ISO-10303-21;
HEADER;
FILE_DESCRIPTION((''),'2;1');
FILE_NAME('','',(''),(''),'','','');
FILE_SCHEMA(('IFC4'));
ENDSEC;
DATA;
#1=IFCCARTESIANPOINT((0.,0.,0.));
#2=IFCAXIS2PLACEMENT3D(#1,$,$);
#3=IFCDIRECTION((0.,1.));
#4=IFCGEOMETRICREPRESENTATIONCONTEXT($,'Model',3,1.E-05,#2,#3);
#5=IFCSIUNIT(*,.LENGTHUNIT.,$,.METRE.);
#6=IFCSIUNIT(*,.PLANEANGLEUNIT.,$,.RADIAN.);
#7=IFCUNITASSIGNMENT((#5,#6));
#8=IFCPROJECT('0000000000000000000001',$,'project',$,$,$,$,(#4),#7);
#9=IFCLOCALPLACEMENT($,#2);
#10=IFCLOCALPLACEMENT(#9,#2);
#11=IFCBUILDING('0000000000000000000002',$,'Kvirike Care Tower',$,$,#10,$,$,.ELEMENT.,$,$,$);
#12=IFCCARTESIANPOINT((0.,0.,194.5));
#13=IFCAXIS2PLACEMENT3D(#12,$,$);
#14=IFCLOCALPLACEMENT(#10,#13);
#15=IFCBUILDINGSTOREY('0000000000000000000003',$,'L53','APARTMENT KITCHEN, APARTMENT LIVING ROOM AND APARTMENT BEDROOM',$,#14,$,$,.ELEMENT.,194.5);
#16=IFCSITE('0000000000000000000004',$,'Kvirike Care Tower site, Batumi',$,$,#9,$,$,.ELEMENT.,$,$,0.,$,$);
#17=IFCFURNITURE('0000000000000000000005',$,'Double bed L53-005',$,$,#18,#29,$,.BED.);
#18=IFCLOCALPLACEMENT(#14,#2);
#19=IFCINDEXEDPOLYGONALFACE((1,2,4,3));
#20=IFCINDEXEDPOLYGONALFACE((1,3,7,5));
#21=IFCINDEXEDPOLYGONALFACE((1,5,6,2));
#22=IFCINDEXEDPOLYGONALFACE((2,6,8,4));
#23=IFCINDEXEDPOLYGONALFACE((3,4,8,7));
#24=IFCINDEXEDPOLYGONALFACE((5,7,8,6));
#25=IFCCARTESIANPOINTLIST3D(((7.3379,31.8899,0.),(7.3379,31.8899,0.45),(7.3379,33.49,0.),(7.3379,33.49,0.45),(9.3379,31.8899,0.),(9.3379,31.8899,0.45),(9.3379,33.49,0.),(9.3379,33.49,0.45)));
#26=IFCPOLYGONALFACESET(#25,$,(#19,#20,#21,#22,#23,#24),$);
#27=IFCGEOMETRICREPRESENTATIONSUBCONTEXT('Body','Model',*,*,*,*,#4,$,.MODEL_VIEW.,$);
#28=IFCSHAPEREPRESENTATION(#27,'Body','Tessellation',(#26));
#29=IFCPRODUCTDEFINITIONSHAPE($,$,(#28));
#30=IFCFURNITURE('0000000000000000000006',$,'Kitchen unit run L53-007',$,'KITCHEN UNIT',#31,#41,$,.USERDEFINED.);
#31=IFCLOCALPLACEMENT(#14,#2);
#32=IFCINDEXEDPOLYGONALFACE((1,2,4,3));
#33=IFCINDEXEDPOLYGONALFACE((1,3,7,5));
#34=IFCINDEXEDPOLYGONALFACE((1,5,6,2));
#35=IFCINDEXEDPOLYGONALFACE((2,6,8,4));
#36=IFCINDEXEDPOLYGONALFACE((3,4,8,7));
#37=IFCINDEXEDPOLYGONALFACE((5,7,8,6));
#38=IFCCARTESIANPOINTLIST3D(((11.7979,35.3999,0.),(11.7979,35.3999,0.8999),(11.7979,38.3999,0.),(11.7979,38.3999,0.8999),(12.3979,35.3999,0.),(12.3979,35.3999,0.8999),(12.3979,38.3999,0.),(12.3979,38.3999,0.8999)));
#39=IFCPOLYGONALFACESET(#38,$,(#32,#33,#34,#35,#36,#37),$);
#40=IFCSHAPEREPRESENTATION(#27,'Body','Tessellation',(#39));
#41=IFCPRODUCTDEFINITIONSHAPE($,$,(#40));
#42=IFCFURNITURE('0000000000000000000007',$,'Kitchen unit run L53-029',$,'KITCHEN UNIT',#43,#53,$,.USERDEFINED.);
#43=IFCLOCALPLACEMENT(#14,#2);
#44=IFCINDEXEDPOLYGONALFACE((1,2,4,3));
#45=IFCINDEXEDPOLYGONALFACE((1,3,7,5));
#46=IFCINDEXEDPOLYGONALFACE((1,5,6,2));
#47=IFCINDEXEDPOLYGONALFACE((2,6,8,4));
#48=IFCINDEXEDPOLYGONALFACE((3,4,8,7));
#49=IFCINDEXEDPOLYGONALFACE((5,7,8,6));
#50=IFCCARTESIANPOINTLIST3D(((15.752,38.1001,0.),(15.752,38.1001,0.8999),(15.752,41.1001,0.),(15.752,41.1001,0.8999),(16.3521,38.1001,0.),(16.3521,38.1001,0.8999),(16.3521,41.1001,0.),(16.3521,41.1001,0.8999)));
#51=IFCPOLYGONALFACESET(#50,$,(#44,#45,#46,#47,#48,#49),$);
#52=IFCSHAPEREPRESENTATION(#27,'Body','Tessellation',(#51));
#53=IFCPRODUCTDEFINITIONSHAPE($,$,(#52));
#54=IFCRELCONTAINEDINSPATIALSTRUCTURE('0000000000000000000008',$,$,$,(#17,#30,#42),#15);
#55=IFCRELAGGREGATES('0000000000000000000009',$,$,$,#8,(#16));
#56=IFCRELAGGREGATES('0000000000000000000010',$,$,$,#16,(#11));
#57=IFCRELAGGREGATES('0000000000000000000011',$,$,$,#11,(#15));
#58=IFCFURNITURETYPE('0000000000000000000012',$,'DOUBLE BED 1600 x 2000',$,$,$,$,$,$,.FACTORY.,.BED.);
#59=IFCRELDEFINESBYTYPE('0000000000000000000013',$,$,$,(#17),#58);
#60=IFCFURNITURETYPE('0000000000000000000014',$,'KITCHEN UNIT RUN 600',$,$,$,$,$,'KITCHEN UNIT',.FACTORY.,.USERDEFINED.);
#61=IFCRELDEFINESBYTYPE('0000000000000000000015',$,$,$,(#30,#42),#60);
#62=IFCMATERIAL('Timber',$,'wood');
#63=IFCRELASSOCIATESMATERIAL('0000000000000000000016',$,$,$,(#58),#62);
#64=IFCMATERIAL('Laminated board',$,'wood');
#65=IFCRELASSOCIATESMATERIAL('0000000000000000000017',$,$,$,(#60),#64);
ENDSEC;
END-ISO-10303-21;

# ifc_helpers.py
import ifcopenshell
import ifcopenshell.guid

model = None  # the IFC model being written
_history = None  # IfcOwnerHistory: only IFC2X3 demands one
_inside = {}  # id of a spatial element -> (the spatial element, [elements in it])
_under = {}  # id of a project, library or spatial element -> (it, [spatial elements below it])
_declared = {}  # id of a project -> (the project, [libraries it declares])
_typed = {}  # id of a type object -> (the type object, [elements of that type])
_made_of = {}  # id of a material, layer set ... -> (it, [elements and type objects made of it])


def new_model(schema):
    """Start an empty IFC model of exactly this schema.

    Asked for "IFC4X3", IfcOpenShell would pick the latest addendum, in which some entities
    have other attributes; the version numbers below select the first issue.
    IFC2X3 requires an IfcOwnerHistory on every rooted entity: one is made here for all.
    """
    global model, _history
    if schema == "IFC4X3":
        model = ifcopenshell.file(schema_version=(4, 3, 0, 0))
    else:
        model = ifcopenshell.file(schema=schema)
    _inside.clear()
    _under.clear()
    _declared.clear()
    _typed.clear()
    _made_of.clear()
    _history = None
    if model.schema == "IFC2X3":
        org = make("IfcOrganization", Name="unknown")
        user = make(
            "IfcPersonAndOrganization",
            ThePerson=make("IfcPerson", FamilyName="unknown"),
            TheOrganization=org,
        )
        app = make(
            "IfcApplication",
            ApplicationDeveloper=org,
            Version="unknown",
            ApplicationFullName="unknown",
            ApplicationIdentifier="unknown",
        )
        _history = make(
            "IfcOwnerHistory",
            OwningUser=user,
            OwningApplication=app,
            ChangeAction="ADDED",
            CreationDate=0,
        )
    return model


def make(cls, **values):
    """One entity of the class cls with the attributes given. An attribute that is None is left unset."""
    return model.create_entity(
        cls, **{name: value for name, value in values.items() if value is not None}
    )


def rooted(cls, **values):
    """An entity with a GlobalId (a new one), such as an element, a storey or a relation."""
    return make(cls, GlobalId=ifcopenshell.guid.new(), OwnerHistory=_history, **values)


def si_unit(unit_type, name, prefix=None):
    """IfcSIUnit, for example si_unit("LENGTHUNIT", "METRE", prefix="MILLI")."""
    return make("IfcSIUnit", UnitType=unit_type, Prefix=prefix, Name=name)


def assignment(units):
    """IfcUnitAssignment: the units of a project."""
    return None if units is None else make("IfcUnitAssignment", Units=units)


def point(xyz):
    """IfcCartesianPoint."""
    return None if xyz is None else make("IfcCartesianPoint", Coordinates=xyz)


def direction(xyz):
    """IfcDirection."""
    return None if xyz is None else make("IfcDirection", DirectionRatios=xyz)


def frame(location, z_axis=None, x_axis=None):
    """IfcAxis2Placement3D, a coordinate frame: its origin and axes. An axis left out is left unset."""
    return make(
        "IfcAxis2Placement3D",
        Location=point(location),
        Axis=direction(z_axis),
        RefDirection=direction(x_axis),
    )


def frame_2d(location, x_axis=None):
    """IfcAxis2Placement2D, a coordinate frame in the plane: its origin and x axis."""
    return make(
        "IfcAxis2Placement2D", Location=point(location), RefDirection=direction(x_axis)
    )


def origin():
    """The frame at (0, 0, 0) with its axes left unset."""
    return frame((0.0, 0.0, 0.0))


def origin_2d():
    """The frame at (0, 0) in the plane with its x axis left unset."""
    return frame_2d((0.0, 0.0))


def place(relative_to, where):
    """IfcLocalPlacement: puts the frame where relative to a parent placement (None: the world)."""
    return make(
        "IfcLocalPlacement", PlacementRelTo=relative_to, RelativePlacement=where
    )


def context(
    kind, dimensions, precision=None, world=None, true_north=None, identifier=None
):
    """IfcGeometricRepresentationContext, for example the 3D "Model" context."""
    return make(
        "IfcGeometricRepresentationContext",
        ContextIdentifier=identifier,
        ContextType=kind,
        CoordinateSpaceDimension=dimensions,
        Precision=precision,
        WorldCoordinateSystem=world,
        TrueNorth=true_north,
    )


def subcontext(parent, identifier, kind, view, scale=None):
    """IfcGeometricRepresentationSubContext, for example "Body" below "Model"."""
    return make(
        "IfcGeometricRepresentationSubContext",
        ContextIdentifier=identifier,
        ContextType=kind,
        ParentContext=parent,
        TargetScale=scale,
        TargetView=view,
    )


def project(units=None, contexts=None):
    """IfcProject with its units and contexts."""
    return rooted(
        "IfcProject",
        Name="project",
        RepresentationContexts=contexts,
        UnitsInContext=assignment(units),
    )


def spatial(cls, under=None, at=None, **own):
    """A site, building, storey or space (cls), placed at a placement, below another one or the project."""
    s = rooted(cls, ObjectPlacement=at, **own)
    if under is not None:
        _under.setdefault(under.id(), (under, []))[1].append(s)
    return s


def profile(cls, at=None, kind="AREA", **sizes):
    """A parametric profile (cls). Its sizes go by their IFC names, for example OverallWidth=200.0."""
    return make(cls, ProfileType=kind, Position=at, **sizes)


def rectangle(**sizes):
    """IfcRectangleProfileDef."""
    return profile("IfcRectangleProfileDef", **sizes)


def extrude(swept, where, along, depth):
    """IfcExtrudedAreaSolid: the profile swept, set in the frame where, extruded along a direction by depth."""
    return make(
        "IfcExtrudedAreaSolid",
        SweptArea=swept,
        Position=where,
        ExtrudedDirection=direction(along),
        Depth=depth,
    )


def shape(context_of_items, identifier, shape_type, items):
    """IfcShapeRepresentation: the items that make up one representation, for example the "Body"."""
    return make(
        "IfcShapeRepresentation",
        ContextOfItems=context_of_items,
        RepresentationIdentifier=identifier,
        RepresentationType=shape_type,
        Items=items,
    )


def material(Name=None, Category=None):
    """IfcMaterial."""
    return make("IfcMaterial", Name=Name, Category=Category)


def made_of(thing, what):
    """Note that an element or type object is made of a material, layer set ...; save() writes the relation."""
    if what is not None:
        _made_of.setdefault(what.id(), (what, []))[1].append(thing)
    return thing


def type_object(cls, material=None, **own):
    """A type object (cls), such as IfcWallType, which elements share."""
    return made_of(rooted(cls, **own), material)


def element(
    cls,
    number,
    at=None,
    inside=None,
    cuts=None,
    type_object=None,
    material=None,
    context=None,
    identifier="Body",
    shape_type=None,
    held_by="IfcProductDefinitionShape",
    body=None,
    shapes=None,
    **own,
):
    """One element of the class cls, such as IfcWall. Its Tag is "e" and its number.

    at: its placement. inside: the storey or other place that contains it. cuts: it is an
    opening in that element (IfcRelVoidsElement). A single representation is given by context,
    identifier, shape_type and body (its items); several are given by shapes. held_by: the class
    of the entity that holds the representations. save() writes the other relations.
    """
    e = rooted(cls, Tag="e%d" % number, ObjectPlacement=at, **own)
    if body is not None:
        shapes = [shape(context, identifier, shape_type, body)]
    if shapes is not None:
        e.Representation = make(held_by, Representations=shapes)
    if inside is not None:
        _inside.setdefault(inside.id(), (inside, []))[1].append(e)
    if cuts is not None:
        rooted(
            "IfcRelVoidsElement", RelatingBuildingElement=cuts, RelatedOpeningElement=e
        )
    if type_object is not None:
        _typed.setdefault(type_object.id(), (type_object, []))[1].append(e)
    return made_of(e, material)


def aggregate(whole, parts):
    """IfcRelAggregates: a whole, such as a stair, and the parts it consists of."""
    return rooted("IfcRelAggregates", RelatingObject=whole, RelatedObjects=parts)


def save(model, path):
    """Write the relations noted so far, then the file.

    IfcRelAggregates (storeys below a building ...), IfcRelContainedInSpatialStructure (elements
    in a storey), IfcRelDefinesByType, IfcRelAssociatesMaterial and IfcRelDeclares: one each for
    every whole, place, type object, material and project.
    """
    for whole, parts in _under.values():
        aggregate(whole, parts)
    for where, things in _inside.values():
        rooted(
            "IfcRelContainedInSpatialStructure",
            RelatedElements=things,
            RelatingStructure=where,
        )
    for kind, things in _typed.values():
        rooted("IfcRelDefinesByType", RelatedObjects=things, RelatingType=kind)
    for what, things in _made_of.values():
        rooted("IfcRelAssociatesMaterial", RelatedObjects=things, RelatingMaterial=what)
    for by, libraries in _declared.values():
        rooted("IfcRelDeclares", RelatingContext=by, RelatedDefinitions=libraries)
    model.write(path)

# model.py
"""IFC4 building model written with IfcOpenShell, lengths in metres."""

from ifc_helpers import new_model, si_unit, direction, frame, origin, origin_2d, place, context, subcontext, project, spatial, rectangle, extrude, material, type_object, element, save


model = new_model("IFC4")

# Units and contexts
model_context = context("Model", 3, precision=1e-05, world=origin(), true_north=direction((0.0, 1.0)))
body_context = subcontext(model_context, "Body", "Model", "MODEL_VIEW")
ifc_project = project(units=[si_unit("LENGTHUNIT", "METRE"), si_unit("PLANEANGLEUNIT", "RADIAN")], contexts=[model_context])

# Site, building, storey
site_placement = place(None, origin())
site = spatial("IfcSite", under=ifc_project, at=site_placement, Name="Kvirike Care Tower site, Batumi", CompositionType="ELEMENT", RefElevation=0.0)
building_placement = place(site_placement, origin())
building = spatial("IfcBuilding", under=site, at=building_placement, Name="Kvirike Care Tower", CompositionType="ELEMENT")
storey_placement = place(building_placement, frame((0.0, 0.0, 194.5)))
storey = spatial("IfcBuildingStorey", under=building, at=storey_placement, Name="L53", Description="APARTMENT KITCHEN, APARTMENT LIVING ROOM AND APARTMENT BEDROOM", CompositionType="ELEMENT", Elevation=194.5)

# Furniture
ifc_material_1 = material(Name="Timber", Category="wood")
furniture_type_1 = type_object("IfcFurnitureType", Name="DOUBLE BED 1600 x 2000", AssemblyPlace="FACTORY", PredefinedType="BED", material=ifc_material_1)
furniture_placement = place(storey_placement, frame((8.3379, 32.6899, 0.0), z_axis=(0.0, 0.0, 1.0), x_axis=(0.0, -1.0, 0.0)))
element("IfcFurniture", 1, at=furniture_placement, inside=storey, type_object=furniture_type_1, Name="Double bed L53-005", PredefinedType="BED", context=body_context, shape_type="SweptSolid", body=[
    extrude(rectangle(XDim=1.6001, YDim=2.0, at=origin_2d()), origin(), (0.0, 0.0, 1.0), 0.45),
])
ifc_material_2 = material(Name="Laminated board", Category="wood")
furniture_type_2 = type_object("IfcFurnitureType", Name="KITCHEN UNIT RUN 600", ElementType="KITCHEN UNIT", AssemblyPlace="FACTORY", PredefinedType="USERDEFINED", material=ifc_material_2)
for number, where, z_axis, x_axis, name in (
    (2, (12.0979, 36.8999, 0.0), (0.0, 0.0, 1.0), (0.0, -1.0, 0.0), "Kitchen unit run L53-007"),
    (3, (16.052, 39.6001, 0.0), (0.0, 0.0, 1.0), (0.0, 1.0, 0.0), "Kitchen unit run L53-029"),
):
    element("IfcFurniture", number, at=place(storey_placement, frame(where, z_axis=z_axis, x_axis=x_axis)), inside=storey, type_object=furniture_type_2, Name=name, ObjectType="KITCHEN UNIT", PredefinedType="USERDEFINED", context=body_context, shape_type="SweptSolid", body=[
        extrude(rectangle(XDim=3.0, YDim=0.6001, at=origin_2d()), origin(), (0.0, 0.0, 1.0), 0.8999),
    ])

save(model, "model.ifc")
